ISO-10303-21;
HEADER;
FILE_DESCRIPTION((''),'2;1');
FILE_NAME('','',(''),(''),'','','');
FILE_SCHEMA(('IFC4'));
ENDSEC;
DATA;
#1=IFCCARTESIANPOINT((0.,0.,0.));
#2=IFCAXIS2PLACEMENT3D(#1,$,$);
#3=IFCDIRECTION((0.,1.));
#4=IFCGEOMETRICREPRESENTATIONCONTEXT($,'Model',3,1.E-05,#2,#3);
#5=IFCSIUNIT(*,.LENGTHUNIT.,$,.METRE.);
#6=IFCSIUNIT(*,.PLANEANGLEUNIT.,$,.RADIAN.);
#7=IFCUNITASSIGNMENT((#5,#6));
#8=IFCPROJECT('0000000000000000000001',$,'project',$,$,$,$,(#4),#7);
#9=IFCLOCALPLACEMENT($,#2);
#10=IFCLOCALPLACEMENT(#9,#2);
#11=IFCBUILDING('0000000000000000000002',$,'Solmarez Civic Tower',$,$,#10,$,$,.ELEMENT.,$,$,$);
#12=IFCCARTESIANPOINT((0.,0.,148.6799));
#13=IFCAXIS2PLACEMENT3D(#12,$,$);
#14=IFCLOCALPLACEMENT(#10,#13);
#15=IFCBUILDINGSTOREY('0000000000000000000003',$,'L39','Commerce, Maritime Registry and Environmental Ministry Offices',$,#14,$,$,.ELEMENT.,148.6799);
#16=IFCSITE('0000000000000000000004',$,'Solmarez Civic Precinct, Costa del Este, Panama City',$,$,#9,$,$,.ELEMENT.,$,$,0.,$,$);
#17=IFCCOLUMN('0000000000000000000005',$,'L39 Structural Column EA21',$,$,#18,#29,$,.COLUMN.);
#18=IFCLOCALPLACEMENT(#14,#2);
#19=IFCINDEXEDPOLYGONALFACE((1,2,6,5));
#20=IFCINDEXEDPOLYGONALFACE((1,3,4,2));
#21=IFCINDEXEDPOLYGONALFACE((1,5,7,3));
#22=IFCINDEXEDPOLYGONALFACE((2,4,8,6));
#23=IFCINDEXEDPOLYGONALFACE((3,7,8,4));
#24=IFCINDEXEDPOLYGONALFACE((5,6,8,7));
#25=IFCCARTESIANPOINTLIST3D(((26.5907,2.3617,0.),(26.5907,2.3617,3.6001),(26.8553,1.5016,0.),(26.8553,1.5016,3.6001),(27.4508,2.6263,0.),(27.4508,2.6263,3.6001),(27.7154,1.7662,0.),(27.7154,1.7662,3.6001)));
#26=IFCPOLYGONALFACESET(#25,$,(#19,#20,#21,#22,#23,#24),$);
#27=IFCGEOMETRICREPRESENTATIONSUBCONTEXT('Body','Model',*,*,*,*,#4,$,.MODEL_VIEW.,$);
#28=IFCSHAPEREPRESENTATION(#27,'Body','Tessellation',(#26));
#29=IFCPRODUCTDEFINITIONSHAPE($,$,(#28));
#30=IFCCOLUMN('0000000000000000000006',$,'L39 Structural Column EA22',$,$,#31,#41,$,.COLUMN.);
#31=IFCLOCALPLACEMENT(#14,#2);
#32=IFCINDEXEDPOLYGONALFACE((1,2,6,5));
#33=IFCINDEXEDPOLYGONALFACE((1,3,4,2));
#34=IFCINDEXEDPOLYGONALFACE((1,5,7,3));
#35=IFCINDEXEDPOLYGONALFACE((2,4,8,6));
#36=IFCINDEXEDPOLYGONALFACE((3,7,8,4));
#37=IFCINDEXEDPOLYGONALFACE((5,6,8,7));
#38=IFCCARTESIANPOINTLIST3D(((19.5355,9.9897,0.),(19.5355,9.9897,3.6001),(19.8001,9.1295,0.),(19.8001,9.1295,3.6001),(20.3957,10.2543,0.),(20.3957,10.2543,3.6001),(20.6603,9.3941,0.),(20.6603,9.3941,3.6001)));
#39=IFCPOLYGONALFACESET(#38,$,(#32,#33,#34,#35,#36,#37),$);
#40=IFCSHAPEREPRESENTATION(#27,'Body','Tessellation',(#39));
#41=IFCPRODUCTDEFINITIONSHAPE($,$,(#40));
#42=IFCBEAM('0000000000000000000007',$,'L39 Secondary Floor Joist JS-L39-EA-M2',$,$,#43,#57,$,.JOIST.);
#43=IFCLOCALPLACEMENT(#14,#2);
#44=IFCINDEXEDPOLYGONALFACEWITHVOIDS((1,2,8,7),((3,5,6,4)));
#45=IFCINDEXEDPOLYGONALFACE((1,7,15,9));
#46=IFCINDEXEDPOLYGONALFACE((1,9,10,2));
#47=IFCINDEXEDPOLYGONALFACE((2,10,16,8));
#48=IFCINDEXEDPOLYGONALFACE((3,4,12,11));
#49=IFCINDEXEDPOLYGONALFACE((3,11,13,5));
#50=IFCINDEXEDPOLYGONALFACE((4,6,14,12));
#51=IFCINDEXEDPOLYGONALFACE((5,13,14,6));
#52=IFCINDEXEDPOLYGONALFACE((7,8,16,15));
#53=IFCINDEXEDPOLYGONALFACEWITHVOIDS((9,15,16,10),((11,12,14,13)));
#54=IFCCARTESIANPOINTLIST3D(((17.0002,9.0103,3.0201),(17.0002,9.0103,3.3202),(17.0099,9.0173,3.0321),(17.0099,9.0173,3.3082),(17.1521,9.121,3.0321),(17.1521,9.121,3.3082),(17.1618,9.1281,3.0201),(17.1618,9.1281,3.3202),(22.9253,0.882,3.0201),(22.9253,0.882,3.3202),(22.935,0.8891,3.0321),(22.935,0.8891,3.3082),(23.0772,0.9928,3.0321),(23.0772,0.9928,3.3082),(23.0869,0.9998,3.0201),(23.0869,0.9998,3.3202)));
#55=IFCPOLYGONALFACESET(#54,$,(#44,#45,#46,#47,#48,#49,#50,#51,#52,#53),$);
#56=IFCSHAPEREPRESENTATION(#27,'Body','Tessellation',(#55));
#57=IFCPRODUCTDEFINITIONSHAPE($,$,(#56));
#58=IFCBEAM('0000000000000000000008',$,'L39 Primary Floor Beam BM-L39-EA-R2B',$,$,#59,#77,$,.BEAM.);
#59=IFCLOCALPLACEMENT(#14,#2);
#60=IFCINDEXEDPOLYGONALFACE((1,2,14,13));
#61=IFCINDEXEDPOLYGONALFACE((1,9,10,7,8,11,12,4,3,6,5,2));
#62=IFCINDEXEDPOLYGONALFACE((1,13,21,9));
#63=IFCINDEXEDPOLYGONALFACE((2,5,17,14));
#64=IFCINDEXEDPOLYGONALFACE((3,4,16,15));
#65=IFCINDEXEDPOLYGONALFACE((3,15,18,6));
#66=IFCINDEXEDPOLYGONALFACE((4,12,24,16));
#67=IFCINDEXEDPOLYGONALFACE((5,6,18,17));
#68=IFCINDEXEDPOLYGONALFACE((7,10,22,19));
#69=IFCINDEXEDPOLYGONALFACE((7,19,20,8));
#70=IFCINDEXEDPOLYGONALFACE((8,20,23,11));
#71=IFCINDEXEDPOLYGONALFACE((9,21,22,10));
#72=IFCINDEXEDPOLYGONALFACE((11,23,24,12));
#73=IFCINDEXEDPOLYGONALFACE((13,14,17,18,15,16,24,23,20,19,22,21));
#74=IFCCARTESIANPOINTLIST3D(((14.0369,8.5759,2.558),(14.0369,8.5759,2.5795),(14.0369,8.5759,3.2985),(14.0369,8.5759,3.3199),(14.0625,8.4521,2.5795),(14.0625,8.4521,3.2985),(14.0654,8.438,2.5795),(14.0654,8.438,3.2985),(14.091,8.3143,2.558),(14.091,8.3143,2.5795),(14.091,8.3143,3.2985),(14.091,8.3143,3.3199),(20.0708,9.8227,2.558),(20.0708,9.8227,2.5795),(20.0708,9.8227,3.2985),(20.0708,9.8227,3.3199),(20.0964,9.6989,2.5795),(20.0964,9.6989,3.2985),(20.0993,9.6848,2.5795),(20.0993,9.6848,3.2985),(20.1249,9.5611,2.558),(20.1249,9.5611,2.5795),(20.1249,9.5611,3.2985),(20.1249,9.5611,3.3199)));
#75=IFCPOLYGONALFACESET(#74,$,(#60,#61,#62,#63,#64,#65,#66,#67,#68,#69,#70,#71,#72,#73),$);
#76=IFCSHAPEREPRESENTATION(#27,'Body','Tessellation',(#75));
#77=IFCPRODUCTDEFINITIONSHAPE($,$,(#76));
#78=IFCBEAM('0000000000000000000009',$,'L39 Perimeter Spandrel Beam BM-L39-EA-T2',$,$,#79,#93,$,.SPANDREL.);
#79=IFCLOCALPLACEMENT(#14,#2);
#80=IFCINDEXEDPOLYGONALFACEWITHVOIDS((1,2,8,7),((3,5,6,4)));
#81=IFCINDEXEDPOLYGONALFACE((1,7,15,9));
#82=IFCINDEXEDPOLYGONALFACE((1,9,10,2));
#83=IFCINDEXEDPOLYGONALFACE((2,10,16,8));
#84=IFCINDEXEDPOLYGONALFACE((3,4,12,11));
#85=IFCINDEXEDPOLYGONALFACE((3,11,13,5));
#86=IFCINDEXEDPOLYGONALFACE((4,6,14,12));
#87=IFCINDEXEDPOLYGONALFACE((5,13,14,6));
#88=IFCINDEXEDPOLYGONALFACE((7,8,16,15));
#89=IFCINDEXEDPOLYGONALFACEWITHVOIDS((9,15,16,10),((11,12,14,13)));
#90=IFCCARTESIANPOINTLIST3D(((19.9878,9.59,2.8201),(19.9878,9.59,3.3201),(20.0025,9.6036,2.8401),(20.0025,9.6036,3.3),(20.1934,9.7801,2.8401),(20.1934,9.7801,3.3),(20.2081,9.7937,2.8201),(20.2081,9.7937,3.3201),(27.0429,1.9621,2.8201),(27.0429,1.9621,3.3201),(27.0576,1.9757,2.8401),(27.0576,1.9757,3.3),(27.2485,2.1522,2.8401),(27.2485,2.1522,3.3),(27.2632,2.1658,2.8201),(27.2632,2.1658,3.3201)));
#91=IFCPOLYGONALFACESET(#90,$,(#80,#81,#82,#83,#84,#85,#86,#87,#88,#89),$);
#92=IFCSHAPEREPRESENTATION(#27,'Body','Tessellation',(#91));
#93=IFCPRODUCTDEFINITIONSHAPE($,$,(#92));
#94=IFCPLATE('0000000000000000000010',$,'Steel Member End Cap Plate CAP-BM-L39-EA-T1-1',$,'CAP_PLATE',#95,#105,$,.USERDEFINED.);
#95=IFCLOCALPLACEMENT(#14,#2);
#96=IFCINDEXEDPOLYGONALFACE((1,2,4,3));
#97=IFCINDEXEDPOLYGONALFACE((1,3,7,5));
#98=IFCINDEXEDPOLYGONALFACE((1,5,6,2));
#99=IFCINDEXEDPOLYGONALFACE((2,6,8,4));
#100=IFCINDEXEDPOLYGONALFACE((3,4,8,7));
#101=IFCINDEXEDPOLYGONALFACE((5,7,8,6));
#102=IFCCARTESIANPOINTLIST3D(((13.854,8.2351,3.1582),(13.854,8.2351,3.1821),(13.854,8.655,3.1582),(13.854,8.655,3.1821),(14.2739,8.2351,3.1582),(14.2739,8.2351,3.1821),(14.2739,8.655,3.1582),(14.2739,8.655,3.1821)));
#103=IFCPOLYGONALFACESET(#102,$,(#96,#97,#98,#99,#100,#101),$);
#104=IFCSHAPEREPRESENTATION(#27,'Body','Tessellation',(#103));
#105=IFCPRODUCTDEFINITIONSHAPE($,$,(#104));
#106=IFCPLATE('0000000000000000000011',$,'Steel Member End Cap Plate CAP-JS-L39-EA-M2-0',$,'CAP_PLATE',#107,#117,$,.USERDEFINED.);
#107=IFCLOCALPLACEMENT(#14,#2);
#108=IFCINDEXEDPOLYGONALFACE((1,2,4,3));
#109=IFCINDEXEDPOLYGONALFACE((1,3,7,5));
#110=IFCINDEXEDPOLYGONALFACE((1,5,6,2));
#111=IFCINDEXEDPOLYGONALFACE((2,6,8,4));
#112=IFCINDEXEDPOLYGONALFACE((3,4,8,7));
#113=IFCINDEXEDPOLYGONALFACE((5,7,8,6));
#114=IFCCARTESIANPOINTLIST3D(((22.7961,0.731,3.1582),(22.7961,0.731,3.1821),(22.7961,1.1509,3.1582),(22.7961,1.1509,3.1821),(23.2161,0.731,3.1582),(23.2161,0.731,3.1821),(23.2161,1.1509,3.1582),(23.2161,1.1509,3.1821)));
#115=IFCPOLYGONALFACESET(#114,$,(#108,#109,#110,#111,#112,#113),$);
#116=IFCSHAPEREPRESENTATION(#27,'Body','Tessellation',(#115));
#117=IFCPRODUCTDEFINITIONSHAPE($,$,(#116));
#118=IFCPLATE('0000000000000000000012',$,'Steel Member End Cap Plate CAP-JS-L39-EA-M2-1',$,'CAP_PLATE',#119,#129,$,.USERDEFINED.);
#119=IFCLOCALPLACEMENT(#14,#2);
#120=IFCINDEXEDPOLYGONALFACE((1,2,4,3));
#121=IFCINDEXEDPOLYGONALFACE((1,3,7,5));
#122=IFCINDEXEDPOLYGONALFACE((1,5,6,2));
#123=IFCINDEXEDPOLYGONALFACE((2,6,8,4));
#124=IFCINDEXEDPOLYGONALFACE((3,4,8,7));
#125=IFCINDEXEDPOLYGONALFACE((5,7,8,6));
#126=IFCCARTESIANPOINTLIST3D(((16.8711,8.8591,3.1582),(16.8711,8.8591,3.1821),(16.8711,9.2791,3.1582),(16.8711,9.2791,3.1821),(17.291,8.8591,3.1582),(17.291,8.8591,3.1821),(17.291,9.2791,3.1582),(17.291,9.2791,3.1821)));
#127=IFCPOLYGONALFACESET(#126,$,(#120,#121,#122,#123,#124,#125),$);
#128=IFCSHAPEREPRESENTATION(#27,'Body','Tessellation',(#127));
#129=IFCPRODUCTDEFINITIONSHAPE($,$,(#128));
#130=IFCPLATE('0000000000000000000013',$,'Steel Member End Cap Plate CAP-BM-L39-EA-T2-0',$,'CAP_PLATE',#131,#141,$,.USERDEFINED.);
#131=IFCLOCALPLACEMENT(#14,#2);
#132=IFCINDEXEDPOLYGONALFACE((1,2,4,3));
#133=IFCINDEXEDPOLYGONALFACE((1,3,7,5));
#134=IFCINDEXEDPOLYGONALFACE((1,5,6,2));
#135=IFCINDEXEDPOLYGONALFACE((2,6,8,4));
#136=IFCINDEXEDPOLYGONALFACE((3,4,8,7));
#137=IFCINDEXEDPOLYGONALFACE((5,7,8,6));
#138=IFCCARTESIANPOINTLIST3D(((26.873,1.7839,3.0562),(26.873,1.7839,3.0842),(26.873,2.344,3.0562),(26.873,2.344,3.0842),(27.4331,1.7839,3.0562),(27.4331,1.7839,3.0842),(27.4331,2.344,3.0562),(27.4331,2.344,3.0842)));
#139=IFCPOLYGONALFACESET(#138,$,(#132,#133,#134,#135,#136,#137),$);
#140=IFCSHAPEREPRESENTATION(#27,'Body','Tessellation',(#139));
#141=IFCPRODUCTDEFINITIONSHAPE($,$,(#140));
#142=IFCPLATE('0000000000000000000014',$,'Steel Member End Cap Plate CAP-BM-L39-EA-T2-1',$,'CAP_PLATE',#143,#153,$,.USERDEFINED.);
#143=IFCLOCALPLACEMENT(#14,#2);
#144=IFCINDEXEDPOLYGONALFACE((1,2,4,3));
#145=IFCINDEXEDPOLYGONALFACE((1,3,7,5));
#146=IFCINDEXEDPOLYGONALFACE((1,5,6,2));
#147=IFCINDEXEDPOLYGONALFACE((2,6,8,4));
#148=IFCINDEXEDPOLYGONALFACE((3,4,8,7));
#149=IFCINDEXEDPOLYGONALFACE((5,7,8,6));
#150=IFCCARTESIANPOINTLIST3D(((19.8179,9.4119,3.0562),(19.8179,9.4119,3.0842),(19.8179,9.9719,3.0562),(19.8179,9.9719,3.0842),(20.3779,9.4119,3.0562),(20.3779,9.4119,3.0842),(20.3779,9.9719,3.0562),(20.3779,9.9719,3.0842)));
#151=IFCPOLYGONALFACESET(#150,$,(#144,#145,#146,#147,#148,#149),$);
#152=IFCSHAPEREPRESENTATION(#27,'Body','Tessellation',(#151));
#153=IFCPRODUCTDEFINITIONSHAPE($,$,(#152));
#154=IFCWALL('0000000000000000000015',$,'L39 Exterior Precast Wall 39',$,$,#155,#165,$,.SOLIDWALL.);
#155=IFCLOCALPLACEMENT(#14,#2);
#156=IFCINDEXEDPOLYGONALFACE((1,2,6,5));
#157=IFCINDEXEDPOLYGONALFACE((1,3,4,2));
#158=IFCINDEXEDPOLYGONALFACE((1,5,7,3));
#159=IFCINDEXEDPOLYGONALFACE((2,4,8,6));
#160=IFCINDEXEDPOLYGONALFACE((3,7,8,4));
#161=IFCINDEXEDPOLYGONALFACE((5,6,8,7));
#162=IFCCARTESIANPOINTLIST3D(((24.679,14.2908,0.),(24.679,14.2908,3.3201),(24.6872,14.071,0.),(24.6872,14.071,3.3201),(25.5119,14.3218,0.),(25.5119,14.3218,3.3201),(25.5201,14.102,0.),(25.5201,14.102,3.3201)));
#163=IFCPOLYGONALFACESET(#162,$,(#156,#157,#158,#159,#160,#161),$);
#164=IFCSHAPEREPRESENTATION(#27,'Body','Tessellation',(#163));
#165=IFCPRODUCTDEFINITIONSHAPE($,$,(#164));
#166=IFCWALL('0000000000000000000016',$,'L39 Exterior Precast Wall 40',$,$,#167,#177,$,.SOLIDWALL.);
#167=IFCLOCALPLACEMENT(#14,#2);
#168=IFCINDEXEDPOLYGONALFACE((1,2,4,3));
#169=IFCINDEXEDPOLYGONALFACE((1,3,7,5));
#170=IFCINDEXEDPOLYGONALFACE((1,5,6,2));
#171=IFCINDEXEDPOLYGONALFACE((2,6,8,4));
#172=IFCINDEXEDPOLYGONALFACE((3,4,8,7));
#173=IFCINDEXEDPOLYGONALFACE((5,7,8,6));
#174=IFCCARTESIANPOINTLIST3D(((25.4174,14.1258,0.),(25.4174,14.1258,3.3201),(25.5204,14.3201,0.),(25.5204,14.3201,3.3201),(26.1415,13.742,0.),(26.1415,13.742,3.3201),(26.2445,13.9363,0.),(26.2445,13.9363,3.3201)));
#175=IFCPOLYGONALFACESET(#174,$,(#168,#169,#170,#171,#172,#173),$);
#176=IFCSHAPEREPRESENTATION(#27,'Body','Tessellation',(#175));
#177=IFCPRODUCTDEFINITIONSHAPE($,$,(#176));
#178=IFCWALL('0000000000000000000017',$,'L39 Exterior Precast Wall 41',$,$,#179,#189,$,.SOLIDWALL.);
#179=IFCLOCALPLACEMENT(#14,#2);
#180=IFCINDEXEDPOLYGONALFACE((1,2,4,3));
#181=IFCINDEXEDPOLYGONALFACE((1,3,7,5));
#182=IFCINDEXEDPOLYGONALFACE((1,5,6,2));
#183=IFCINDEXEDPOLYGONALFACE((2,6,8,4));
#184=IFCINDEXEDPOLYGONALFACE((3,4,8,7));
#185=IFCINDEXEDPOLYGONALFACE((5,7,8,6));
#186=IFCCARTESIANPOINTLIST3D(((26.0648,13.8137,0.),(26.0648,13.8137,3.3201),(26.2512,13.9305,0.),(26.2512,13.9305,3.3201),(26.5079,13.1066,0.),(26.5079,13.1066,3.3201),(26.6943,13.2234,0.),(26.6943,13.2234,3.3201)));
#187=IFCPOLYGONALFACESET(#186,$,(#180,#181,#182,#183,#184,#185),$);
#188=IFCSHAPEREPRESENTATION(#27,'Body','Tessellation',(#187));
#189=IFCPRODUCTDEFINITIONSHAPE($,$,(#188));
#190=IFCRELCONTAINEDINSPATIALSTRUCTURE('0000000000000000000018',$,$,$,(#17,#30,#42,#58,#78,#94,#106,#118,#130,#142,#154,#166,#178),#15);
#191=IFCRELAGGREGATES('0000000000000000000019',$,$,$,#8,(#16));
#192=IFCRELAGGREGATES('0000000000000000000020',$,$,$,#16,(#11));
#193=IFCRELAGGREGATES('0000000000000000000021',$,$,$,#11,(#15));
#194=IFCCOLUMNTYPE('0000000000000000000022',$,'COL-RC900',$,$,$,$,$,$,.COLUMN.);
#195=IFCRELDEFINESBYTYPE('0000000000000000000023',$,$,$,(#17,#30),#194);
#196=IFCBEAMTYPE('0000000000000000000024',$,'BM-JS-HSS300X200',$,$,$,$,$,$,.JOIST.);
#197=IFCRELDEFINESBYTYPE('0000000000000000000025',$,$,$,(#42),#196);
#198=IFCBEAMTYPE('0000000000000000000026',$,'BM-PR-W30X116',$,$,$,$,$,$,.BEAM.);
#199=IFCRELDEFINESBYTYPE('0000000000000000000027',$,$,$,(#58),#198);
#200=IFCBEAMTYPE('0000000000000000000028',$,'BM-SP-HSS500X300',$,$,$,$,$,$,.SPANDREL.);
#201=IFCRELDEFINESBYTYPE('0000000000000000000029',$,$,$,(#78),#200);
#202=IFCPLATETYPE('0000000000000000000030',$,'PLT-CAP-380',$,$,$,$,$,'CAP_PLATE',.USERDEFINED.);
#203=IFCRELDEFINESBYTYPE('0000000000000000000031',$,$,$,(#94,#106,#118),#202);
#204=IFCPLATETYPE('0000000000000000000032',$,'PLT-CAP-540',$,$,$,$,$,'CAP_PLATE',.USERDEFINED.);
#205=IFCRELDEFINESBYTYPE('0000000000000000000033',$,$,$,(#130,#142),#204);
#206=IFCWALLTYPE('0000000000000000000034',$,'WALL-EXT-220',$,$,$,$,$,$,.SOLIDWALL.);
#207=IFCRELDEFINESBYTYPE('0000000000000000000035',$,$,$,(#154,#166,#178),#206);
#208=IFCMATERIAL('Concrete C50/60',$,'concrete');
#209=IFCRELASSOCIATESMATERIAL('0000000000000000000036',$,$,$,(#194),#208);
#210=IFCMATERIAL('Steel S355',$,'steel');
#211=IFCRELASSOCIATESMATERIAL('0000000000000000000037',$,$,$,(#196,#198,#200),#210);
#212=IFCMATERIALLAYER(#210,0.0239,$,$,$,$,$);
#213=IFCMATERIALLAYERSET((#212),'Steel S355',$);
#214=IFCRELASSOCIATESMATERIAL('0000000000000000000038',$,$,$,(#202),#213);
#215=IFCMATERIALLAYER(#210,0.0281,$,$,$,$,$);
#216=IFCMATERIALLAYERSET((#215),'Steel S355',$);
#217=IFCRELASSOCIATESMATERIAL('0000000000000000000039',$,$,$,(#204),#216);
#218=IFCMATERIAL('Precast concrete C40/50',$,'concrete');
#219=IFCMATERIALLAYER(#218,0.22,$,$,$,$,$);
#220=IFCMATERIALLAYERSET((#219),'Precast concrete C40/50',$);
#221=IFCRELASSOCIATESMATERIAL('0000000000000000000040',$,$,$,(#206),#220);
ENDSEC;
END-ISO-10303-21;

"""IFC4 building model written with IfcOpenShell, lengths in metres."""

from ifc_helpers import new_model, si_unit, direction, frame, frame_2d, origin, origin_2d, place, context, subcontext, project, spatial, rectangle, hollow_rectangle, i_section, extrude, material, layer, layer_set, material_profile, profile_set, type_object, element, save


model = new_model("IFC4")

# Units and contexts
model_context = context("Model", 3, precision=1e-05, world=origin(), true_north=direction((0.0, 1.0)))
body_context = subcontext(model_context, "Body", "Model", "MODEL_VIEW")
ifc_project = project(units=[si_unit("LENGTHUNIT", "METRE"), si_unit("PLANEANGLEUNIT", "RADIAN")], contexts=[model_context])

# Site, building, storey
site_placement = place(None, origin())
site = spatial("IfcSite", under=ifc_project, at=site_placement, Name="Solmarez Civic Precinct, Costa del Este, Panama City", CompositionType="ELEMENT", RefElevation=0.0)
building_placement = place(site_placement, origin())
building = spatial("IfcBuilding", under=site, at=building_placement, Name="Solmarez Civic Tower", CompositionType="ELEMENT")
storey_placement = place(building_placement, frame((0.0, 0.0, 148.6799)))
storey = spatial("IfcBuildingStorey", under=building, at=storey_placement, Name="L39", Description="Commerce, Maritime Registry and Environmental Ministry Offices", CompositionType="ELEMENT", Elevation=148.6799)

# Columns
ifc_material_1 = material(Name="Concrete C50/60", Category="concrete")
ifc_material_profile_1 = material_profile(ifc_material_1, rectangle(XDim=0.8999, YDim=0.8999, at=origin_2d()), Name="RC900X900")
ifc_profile_set_1 = profile_set([ifc_material_profile_1], Name="Concrete C50/60")
column_type = type_object("IfcColumnType", Name="COL-RC900", PredefinedType="COLUMN", material=ifc_profile_set_1)
for number, where, z_axis, x_axis, name in (
    (1, (27.1531, 2.064, 0.0), (0.0, 0.0, 1.0), (0.955793, 0.29404, 0.0), "L39 Structural Column EA21"),
    (2, (20.0979, 9.6919, 0.0), (0.0, 0.0, 1.0), (0.955793, 0.29404, 0.0), "L39 Structural Column EA22"),
):
    element("IfcColumn", number, at=place(storey_placement, frame(where, z_axis=z_axis, x_axis=x_axis)), inside=storey, type_object=column_type, Name=name, PredefinedType="COLUMN", context=body_context, shape_type="SweptSolid", body=[
        extrude(rectangle(XDim=0.8999, YDim=0.8999, at=origin_2d()), origin(), (0.0, 0.0, 1.0), 3.6001),
    ])

# Beams
ifc_material_2 = material(Name="Steel S355", Category="steel")
ifc_material_profile_2 = material_profile(ifc_material_2, hollow_rectangle(XDim=0.2, YDim=0.3, WallThickness=0.012, at=origin_2d()), Name="HSS300X200X12")
ifc_profile_set_2 = profile_set([ifc_material_profile_2], Name="Steel S355")
beam_type_1 = type_object("IfcBeamType", Name="BM-JS-HSS300X200", PredefinedType="JOIST", material=ifc_profile_set_2)
beam_1_placement = place(storey_placement, frame((23.0061, 0.9409, 3.1702), z_axis=(-0.589059, 0.80809, 0.0), x_axis=(-0.80809, -0.589059, 0.0)))
element("IfcBeam", 3, at=beam_1_placement, inside=storey, type_object=beam_type_1, Name="L39 Secondary Floor Joist JS-L39-EA-M2", PredefinedType="JOIST", context=body_context, shape_type="SweptSolid", body=[
    extrude(hollow_rectangle(XDim=0.2, YDim=0.3, WallThickness=0.012, at=origin_2d()), origin(), (0.0, 0.0, 1.0), 10.0586),
])
ifc_material_profile_3 = material_profile(ifc_material_2, i_section(OverallWidth=0.2671, OverallDepth=0.762, WebThickness=0.0144, FlangeThickness=0.0215, at=origin_2d()), Name="W30X116")
ifc_profile_set_3 = profile_set([ifc_material_profile_3], Name="Steel S355")
beam_type_2 = type_object("IfcBeamType", Name="BM-PR-W30X116", PredefinedType="BEAM", material=ifc_profile_set_3)
beam_2_placement = place(storey_placement, frame((14.064, 8.4451, 2.939), z_axis=(0.979311, 0.202361, 0.0), x_axis=(-0.202361, 0.979311, 0.0)))
element("IfcBeam", 4, at=beam_2_placement, inside=storey, type_object=beam_type_2, Name="L39 Primary Floor Beam BM-L39-EA-R2B", PredefinedType="BEAM", context=body_context, shape_type="SweptSolid", body=[
    extrude(i_section(OverallWidth=0.2671, OverallDepth=0.762, WebThickness=0.0144, FlangeThickness=0.0215, at=origin_2d()), origin(), (0.0, 0.0, 1.0), 6.1614),
])
ifc_material_profile_4 = material_profile(ifc_material_2, hollow_rectangle(XDim=0.3, YDim=0.5, WallThickness=0.02, at=origin_2d()), Name="HSS500X300X20")
ifc_profile_set_4 = profile_set([ifc_material_profile_4], Name="Steel S355")
beam_type_3 = type_object("IfcBeamType", Name="BM-SP-HSS500X300", PredefinedType="SPANDREL", material=ifc_profile_set_4)
beam_3_placement = place(storey_placement, frame((27.1531, 2.064, 3.0701), z_axis=(-0.679008, 0.734131, 0.0), x_axis=(-0.734131, -0.679008, 0.0)))
element("IfcBeam", 5, at=beam_3_placement, inside=storey, type_object=beam_type_3, Name="L39 Perimeter Spandrel Beam BM-L39-EA-T2", PredefinedType="SPANDREL", context=body_context, shape_type="SweptSolid", body=[
    extrude(hollow_rectangle(XDim=0.3, YDim=0.5, WallThickness=0.02, at=origin_2d()), origin(), (0.0, 0.0, 1.0), 10.3904),
])

# Plates
ifc_layer_1 = layer(ifc_material_2, 0.0239)
ifc_layer_set_1 = layer_set([ifc_layer_1], Name="Steel S355")
plate_type_1 = type_object("IfcPlateType", Name="PLT-CAP-380", ElementType="CAP_PLATE", PredefinedType="USERDEFINED", material=ifc_layer_set_1)
for number, where, z_axis, x_axis, name in (
    (6, (14.064, 8.4451, 3.1582), (0.0, 0.0, 1.0), (1.0, 0.0, 0.0), "Steel Member End Cap Plate CAP-BM-L39-EA-T1-1"),
    (7, (23.0061, 0.9409, 3.1582), (0.0, 0.0, 1.0), (1.0, 0.0, 0.0), "Steel Member End Cap Plate CAP-JS-L39-EA-M2-0"),
    (8, (17.0811, 9.0691, 3.1582), (0.0, 0.0, 1.0), (1.0, 0.0, 0.0), "Steel Member End Cap Plate CAP-JS-L39-EA-M2-1"),
):
    element("IfcPlate", number, at=place(storey_placement, frame(where, z_axis=z_axis, x_axis=x_axis)), inside=storey, type_object=plate_type_1, Name=name, ObjectType="CAP_PLATE", PredefinedType="USERDEFINED", context=body_context, shape_type="SweptSolid", body=[
        extrude(rectangle(XDim=0.4199, YDim=0.4199, at=origin_2d()), origin(), (0.0, 0.0, 1.0), 0.0239),
    ])
ifc_layer_2 = layer(ifc_material_2, 0.0281)
ifc_layer_set_2 = layer_set([ifc_layer_2], Name="Steel S355")
plate_type_2 = type_object("IfcPlateType", Name="PLT-CAP-540", ElementType="CAP_PLATE", PredefinedType="USERDEFINED", material=ifc_layer_set_2)
for number, where, z_axis, x_axis, name in (
    (9, (27.1531, 2.064, 3.0562), (0.0, 0.0, 1.0), (1.0, 0.0, 0.0), "Steel Member End Cap Plate CAP-BM-L39-EA-T2-0"),
    (10, (20.0979, 9.6919, 3.0562), (0.0, 0.0, 1.0), (1.0, 0.0, 0.0), "Steel Member End Cap Plate CAP-BM-L39-EA-T2-1"),
):
    element("IfcPlate", number, at=place(storey_placement, frame(where, z_axis=z_axis, x_axis=x_axis)), inside=storey, type_object=plate_type_2, Name=name, ObjectType="CAP_PLATE", PredefinedType="USERDEFINED", context=body_context, shape_type="SweptSolid", body=[
        extrude(rectangle(XDim=0.5601, YDim=0.5601, at=origin_2d()), origin(), (0.0, 0.0, 1.0), 0.0281),
    ])

# Walls
ifc_material_3 = material(Name="Precast concrete C40/50", Category="concrete")
ifc_layer_3 = layer(ifc_material_3, 0.22)
ifc_layer_set_3 = layer_set([ifc_layer_3], Name="Precast concrete C40/50")
wall_type_1 = type_object("IfcWallType", Name="WALL-EXT-220", PredefinedType="SOLIDWALL", material=ifc_layer_set_3)
wall_1_placement = place(storey_placement, frame((24.6831, 14.1809, 0.0), z_axis=(0.0, 0.0, 1.0), x_axis=(0.999308, 0.037196, 0.0)))
element("IfcWall", 11, at=wall_1_placement, inside=storey, type_object=wall_type_1, Name="L39 Exterior Precast Wall 39", PredefinedType="SOLIDWALL", context=body_context, shape_type="SweptSolid", body=[
    extrude(rectangle(XDim=0.8335, YDim=0.22, at=frame_2d((0.4167, 0.0))), origin(), (0.0, 0.0, 1.0), 3.3201),
])
wall_2_placement = place(storey_placement, frame((25.469, 14.2229, 0.0), z_axis=(0.0, 0.0, 1.0), x_axis=(0.88357, -0.468298, 0.0)))
element("IfcWall", 12, at=wall_2_placement, inside=storey, type_object=wall_type_1, Name="L39 Exterior Precast Wall 40", PredefinedType="SOLIDWALL", context=body_context, shape_type="SweptSolid", body=[
    extrude(rectangle(XDim=0.8196, YDim=0.22, at=frame_2d((0.4097, 0.0))), origin(), (0.0, 0.0, 1.0), 3.3201),
])
wall_3_placement = place(storey_placement, frame((26.158, 13.8721, 0.0), z_axis=(0.0, 0.0, 1.0), x_axis=(0.531051, -0.84734, 0.0)))
element("IfcWall", 13, at=wall_3_placement, inside=storey, type_object=wall_type_1, Name="L39 Exterior Precast Wall 41", PredefinedType="SOLIDWALL", context=body_context, shape_type="SweptSolid", body=[
    extrude(rectangle(XDim=0.8345, YDim=0.22, at=frame_2d((0.4172, 0.0))), origin(), (0.0, 0.0, 1.0), 3.3201),
])

save(model, "model.ifc")
